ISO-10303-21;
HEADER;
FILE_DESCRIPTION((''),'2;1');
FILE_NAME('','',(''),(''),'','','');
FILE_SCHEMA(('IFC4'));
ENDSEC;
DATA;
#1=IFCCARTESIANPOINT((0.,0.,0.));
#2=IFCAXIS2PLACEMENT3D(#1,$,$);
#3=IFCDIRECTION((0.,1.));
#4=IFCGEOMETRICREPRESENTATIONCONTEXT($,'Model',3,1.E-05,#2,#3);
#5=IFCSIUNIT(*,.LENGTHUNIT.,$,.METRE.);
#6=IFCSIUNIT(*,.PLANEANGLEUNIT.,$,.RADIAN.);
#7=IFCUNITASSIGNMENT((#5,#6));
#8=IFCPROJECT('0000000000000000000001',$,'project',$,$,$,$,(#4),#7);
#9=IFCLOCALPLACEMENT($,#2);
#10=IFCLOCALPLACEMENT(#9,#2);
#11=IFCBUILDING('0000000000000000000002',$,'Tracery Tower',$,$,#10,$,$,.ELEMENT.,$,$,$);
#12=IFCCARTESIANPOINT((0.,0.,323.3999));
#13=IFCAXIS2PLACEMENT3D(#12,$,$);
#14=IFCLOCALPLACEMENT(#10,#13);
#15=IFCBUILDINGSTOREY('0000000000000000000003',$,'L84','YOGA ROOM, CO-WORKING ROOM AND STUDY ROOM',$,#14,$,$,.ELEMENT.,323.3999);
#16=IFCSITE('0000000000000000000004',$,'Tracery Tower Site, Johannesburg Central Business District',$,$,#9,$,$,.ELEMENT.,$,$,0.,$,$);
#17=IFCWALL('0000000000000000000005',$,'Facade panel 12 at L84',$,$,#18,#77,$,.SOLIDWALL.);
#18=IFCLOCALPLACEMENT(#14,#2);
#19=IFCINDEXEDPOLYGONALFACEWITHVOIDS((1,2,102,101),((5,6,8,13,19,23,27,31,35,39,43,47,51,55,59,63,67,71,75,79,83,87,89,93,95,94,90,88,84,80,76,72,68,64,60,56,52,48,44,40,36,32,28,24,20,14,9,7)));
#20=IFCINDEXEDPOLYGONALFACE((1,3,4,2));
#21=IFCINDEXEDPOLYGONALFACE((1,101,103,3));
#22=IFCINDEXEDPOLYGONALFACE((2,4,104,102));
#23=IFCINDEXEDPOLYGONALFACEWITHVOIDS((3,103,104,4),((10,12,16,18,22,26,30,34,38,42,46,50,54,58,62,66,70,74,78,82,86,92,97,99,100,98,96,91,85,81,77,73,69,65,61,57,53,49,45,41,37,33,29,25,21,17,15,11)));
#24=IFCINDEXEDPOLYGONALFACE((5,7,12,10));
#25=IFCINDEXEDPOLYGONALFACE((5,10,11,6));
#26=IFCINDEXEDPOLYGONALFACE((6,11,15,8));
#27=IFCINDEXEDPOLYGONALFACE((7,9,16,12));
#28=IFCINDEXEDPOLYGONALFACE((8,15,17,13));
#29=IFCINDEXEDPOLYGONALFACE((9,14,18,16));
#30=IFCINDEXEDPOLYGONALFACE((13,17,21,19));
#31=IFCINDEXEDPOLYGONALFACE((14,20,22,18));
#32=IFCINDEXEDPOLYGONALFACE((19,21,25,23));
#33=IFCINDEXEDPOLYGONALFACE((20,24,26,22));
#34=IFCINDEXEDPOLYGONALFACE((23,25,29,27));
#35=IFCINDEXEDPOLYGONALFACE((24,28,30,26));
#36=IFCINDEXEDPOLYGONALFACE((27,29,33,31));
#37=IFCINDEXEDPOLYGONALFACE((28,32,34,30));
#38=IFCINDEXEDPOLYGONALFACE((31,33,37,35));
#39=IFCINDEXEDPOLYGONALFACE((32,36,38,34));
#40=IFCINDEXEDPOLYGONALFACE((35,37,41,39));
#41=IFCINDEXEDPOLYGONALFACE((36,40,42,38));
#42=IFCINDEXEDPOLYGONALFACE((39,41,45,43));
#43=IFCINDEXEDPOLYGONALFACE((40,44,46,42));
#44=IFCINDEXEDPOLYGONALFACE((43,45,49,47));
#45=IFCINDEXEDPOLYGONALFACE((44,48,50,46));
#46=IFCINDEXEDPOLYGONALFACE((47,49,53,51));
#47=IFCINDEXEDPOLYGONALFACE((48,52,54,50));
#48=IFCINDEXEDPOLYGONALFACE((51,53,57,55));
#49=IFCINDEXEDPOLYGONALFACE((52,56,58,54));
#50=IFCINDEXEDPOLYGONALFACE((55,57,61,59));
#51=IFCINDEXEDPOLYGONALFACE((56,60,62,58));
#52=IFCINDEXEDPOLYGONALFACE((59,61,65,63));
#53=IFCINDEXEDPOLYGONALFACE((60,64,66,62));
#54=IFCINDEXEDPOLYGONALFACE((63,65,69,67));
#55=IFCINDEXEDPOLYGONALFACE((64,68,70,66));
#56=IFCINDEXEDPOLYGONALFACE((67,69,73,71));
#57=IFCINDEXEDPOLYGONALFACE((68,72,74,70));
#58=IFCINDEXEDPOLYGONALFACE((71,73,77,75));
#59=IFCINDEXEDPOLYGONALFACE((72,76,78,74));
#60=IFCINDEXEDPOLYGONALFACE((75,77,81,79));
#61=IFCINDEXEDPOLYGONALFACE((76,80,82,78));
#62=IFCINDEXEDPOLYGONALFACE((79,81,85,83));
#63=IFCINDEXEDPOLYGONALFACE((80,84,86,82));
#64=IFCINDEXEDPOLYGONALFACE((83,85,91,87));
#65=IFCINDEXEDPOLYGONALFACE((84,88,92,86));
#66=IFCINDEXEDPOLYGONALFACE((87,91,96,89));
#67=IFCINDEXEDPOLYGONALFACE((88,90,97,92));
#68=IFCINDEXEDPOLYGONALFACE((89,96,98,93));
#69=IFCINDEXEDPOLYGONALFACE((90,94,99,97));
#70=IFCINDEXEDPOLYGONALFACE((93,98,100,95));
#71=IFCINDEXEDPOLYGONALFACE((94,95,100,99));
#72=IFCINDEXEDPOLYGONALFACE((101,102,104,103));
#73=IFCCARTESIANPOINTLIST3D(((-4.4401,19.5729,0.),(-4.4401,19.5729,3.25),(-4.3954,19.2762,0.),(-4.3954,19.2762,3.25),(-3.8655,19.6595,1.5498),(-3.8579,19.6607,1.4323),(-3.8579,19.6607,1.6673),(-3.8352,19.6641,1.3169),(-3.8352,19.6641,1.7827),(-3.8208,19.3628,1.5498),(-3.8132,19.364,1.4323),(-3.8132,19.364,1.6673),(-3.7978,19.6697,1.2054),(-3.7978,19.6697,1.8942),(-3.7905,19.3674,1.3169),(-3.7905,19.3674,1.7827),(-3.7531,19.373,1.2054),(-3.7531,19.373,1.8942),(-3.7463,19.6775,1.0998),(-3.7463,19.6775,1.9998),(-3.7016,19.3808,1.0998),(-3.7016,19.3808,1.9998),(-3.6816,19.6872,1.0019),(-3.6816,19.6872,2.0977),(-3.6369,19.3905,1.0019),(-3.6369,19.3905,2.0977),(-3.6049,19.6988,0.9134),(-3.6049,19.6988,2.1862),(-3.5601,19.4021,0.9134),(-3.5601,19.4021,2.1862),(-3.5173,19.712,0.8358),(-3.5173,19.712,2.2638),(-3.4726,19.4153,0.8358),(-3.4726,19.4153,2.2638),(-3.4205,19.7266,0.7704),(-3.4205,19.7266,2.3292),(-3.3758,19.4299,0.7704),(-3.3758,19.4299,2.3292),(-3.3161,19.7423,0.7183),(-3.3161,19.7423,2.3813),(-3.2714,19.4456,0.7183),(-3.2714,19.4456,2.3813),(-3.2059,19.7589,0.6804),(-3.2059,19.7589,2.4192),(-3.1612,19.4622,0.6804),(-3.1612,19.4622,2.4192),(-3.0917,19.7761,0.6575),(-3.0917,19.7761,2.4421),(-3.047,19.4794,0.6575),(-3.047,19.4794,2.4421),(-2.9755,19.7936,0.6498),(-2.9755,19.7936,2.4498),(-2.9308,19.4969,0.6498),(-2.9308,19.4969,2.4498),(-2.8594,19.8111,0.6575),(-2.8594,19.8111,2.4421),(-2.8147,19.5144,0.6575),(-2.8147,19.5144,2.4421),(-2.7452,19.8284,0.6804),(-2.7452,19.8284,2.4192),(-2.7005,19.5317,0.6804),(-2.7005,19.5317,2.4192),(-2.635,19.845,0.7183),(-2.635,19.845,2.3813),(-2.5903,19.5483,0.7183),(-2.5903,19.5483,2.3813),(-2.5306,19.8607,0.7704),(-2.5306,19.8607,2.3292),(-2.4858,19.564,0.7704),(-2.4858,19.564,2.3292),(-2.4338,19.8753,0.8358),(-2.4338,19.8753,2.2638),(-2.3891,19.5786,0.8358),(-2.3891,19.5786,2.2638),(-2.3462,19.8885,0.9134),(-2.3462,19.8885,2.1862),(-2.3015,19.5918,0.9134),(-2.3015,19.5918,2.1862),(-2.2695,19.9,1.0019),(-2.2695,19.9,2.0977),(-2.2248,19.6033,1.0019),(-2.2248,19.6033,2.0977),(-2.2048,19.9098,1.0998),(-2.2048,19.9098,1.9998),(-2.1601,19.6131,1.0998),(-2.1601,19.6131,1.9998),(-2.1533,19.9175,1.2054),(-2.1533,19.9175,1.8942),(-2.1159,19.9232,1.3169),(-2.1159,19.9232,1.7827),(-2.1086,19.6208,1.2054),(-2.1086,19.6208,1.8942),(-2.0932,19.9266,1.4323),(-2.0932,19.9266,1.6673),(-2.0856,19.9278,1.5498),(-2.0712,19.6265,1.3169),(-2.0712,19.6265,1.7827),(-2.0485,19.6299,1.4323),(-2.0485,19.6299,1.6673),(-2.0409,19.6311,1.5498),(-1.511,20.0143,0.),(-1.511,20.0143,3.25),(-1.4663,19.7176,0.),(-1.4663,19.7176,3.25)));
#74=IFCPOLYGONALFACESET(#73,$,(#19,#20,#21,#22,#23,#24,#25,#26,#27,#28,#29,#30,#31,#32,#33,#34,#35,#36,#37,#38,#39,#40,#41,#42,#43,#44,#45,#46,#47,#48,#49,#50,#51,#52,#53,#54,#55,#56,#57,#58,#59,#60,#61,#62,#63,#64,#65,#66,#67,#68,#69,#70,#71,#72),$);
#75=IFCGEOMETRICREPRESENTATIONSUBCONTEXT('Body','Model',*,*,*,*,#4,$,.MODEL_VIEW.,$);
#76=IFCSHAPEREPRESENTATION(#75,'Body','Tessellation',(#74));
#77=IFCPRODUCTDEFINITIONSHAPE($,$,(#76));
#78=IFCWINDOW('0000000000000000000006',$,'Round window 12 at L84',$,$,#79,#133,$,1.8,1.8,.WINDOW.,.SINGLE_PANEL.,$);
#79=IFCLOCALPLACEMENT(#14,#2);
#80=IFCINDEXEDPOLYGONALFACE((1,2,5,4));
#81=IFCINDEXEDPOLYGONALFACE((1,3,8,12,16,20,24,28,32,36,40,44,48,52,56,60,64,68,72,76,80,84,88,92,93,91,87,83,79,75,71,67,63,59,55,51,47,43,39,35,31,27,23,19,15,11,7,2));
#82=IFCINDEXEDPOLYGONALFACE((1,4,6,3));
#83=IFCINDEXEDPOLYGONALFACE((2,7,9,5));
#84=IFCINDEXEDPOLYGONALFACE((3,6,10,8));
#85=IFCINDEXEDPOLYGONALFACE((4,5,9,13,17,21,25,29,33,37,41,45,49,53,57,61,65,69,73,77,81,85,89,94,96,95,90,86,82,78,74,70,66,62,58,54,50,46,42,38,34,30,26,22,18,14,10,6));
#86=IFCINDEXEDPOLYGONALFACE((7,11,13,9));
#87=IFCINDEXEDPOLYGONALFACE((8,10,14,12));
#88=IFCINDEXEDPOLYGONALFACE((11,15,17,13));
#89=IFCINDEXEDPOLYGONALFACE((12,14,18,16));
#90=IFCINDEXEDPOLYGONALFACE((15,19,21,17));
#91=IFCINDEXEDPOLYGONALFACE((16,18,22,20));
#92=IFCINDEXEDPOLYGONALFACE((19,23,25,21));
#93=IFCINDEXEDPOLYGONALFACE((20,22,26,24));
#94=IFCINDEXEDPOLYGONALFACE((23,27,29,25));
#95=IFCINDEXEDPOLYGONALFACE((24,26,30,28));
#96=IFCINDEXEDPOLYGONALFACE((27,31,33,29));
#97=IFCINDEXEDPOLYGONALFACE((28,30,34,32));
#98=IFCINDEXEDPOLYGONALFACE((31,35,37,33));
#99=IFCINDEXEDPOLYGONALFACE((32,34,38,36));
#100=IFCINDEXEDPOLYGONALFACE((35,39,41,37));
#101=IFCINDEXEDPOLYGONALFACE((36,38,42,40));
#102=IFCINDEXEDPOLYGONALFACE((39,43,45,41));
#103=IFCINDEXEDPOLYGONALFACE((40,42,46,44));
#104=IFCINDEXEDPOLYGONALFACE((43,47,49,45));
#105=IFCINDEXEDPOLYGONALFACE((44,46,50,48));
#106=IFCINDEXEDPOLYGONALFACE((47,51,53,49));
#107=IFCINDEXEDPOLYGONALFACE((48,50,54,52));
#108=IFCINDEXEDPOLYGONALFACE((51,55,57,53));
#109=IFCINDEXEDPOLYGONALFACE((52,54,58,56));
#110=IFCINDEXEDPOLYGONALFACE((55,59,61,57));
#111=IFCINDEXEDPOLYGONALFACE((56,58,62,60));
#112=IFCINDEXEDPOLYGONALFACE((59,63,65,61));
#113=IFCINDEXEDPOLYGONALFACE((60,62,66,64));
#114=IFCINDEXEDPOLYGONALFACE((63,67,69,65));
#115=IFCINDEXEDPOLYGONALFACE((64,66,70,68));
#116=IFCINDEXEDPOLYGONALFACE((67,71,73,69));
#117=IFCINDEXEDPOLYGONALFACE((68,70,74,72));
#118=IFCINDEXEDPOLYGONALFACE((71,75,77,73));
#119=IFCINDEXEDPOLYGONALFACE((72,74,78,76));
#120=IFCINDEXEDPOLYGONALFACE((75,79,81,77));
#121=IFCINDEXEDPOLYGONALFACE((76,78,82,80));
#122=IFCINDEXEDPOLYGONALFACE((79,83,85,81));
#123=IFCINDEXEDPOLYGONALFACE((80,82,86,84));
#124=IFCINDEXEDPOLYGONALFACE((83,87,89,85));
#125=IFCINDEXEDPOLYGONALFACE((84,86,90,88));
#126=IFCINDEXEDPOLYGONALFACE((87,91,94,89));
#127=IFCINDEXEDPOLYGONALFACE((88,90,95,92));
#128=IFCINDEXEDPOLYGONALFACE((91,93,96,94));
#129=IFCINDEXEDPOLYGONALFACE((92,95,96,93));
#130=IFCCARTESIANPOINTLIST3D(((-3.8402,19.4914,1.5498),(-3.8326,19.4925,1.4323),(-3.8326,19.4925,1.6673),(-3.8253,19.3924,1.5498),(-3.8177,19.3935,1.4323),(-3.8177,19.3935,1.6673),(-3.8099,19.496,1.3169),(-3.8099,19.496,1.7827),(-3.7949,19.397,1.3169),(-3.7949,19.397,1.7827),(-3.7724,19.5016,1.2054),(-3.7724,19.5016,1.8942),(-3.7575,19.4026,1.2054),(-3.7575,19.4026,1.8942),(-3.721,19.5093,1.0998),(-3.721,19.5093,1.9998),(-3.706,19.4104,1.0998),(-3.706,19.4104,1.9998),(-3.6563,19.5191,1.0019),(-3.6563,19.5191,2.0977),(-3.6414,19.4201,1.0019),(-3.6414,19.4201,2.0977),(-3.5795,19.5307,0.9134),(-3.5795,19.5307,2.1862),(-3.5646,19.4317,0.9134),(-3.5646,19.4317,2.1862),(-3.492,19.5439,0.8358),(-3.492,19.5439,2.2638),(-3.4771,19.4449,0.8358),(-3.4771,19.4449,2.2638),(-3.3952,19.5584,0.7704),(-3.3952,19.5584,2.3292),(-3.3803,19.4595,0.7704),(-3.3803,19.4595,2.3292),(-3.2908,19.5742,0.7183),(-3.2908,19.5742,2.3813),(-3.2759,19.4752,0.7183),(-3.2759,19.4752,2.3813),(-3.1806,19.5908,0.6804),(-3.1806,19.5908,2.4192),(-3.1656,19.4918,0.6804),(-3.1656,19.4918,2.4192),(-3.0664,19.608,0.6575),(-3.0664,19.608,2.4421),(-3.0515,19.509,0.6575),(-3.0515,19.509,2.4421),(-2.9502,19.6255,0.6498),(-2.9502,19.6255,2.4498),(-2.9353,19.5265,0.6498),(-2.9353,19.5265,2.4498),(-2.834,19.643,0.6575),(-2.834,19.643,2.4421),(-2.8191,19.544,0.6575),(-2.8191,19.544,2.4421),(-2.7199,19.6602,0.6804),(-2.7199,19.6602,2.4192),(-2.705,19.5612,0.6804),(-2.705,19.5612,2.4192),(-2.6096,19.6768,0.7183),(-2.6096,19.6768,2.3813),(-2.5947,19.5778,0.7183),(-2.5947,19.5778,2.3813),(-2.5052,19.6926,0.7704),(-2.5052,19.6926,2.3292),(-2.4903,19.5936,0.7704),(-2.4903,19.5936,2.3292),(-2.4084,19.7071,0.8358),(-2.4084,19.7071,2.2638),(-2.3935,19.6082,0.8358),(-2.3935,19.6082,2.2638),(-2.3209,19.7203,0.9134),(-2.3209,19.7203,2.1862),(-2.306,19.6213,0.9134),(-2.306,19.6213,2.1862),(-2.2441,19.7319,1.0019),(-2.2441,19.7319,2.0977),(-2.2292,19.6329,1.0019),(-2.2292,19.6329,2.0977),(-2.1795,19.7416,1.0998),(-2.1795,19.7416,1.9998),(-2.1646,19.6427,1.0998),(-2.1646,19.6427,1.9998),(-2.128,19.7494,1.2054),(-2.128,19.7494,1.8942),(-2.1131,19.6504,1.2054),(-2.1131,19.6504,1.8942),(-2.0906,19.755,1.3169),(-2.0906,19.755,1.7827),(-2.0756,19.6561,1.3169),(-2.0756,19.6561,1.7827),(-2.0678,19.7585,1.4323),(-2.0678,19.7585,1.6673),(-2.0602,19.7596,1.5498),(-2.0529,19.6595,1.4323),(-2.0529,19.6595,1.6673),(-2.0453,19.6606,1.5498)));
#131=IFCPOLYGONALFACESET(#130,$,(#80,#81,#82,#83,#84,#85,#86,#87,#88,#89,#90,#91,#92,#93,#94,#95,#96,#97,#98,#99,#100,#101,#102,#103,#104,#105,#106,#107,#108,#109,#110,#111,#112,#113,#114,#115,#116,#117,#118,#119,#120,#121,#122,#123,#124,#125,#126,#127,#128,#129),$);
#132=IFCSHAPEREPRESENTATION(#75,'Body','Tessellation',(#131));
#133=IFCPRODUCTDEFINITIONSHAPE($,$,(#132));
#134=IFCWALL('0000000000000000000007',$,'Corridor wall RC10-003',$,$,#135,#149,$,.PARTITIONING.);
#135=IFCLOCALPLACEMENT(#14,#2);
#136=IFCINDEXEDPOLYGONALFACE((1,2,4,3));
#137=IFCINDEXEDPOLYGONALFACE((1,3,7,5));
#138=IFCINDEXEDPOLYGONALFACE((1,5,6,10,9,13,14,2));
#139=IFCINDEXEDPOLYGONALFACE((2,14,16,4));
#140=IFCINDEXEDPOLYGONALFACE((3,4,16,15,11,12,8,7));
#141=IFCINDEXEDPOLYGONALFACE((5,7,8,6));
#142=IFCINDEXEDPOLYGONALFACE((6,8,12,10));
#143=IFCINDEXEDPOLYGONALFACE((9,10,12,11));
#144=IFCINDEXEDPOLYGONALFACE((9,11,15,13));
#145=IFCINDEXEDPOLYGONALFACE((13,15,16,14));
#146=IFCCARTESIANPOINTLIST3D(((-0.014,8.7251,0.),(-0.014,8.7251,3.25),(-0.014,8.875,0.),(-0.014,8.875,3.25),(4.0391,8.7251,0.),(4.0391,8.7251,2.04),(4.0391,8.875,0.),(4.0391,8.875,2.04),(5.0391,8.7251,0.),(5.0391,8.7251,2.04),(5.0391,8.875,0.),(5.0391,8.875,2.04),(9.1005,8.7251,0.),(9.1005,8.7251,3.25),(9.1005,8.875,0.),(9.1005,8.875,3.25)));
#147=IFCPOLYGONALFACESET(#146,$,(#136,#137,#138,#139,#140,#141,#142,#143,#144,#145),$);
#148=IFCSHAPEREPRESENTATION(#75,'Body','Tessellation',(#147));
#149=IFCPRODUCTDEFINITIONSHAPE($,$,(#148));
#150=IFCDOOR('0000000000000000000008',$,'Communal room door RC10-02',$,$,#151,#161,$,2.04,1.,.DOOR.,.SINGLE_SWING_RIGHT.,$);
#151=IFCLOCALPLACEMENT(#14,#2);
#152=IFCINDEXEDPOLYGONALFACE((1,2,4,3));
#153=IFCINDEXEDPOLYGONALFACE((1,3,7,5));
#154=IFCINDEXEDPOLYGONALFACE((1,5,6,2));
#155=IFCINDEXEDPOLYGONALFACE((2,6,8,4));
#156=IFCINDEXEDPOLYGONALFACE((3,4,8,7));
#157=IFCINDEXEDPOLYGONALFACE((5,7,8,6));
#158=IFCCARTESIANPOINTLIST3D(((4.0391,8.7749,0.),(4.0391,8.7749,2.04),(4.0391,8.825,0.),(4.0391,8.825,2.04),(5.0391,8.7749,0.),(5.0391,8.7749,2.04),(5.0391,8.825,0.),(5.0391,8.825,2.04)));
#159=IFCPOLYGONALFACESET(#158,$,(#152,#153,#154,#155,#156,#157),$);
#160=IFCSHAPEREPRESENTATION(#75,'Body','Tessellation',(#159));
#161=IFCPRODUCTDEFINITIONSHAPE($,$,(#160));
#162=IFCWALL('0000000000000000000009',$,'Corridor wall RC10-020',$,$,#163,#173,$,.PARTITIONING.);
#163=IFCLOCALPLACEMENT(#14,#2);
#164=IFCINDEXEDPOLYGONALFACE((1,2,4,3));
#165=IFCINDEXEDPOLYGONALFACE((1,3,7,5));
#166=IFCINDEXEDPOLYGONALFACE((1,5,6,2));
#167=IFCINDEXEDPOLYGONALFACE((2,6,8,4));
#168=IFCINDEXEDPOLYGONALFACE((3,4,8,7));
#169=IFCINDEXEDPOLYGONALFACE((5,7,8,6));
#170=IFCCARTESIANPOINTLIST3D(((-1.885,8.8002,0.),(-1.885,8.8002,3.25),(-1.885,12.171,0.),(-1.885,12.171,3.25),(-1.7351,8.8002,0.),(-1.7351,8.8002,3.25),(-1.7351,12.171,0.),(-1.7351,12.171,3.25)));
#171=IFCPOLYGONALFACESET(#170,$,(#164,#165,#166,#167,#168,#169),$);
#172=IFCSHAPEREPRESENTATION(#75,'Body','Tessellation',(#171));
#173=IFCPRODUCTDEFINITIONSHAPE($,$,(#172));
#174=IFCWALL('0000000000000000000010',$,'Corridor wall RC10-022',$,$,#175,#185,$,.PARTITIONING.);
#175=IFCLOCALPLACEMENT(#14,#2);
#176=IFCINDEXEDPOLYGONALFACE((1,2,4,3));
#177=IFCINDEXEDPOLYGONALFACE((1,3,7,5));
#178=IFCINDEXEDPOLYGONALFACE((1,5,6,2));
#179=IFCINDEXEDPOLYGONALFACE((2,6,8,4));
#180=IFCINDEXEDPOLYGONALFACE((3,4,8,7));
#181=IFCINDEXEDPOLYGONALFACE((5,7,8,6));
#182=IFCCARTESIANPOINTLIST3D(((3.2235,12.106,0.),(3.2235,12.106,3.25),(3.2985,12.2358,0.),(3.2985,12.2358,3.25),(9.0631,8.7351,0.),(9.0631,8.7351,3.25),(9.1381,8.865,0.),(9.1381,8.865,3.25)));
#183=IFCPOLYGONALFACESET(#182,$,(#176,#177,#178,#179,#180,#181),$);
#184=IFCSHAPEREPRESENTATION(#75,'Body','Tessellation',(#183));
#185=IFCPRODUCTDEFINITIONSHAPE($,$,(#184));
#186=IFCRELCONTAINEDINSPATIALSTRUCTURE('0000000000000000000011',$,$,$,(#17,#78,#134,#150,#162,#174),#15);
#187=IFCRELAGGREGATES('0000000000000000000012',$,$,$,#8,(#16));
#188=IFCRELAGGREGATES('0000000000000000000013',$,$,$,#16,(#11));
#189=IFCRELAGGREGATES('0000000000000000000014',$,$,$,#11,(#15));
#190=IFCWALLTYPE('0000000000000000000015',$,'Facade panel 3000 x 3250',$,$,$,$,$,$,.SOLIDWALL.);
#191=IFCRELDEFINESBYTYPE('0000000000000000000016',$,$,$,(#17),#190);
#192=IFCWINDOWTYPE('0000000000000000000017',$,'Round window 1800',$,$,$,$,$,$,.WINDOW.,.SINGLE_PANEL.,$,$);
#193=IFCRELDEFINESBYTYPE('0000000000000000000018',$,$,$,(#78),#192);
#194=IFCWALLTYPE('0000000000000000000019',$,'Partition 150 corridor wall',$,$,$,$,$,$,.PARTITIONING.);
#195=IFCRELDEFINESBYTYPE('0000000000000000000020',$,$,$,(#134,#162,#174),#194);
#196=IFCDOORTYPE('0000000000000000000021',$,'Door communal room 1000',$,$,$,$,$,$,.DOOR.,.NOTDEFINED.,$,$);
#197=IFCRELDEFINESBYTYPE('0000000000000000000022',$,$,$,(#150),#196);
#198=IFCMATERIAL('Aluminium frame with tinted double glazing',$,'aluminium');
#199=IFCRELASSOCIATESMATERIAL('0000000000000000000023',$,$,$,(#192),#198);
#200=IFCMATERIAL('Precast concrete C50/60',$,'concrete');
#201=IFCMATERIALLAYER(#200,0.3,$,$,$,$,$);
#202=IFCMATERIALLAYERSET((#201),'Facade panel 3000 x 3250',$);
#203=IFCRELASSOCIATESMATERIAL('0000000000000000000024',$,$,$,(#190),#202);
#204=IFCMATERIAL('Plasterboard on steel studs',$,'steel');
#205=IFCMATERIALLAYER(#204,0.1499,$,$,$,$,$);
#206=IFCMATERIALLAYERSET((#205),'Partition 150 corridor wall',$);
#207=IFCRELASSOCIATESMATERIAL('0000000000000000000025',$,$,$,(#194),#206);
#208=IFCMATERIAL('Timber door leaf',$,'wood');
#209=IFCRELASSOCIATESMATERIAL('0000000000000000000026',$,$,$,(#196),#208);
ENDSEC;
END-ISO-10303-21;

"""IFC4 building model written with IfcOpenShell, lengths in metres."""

from ifc_helpers import new_model, si_unit, direction, frame, frame_2d, origin, origin_2d, place, context, subcontext, project, spatial, rectangle, circle, extrude, material, layer, layer_set, type_object, element, fill, save


model = new_model("IFC4")

# Units and contexts
model_context = context("Model", 3, precision=1e-05, world=origin(), true_north=direction((0.0, 1.0)))
body_context = subcontext(model_context, "Body", "Model", "MODEL_VIEW")
ifc_project = project(units=[si_unit("LENGTHUNIT", "METRE"), si_unit("PLANEANGLEUNIT", "RADIAN")], contexts=[model_context])

# Site, building, storey
site_placement = place(None, origin())
site = spatial("IfcSite", under=ifc_project, at=site_placement, Name="Tracery Tower Site, Johannesburg Central Business District", CompositionType="ELEMENT", RefElevation=0.0)
building_placement = place(site_placement, origin())
building = spatial("IfcBuilding", under=site, at=building_placement, Name="Tracery Tower", CompositionType="ELEMENT")
storey_placement = place(building_placement, frame((0.0, 0.0, 323.3999)))
storey = spatial("IfcBuildingStorey", under=building, at=storey_placement, Name="L84", Description="YOGA ROOM, CO-WORKING ROOM AND STUDY ROOM", CompositionType="ELEMENT", Elevation=323.3999)

# Wall, opening, window
ifc_material_1 = material(Name="Aluminium frame with tinted double glazing", Category="aluminium")
window_type = type_object("IfcWindowType", Name="Round window 1800", PartitioningType="SINGLE_PANEL", PredefinedType="WINDOW", material=ifc_material_1)
ifc_material_2 = material(Name="Precast concrete C50/60", Category="concrete")
ifc_layer_1 = layer(ifc_material_2, 0.3)
ifc_layer_set_1 = layer_set([ifc_layer_1], Name="Facade panel 3000 x 3250")
wall_type_1 = type_object("IfcWallType", Name="Facade panel 3000 x 3250", PredefinedType="SOLIDWALL", material=ifc_layer_set_1)
wall_1_placement = place(storey_placement, frame((-1.4888, 19.866, 0.0), z_axis=(0.0, 0.0, 1.0), x_axis=(-0.988836, -0.149009, 0.0)))
wall_1 = element("IfcWall", 1, at=wall_1_placement, inside=storey, type_object=wall_type_1, Name="Facade panel 12 at L84", PredefinedType="SOLIDWALL", context=body_context, shape_type="SweptSolid", body=[
    extrude(rectangle(XDim=2.9622, YDim=0.3, at=frame_2d((1.481, 0.0))), origin(), (0.0, 0.0, 1.0), 3.25),
])
opening_1_placement = place(wall_1_placement, frame((1.481, 0.0, 1.5498)))
opening_1 = element("IfcOpeningElement", 2, at=opening_1_placement, cuts=wall_1, PredefinedType="OPENING", context=body_context, shape_type="SweptSolid", body=[
    extrude(circle(Radius=0.9, at=origin_2d()), frame((0.0, 0.1599, 0.0), z_axis=(0.0, -1.0, 0.0), x_axis=(1.0, 0.0, 0.0)), (0.0, 0.0, 1.0), 0.3201),
])
window_1_placement = place(opening_1_placement, origin())
window_1 = element("IfcWindow", 3, at=window_1_placement, inside=storey, type_object=window_type, Name="Round window 12 at L84", OverallHeight=1.8, OverallWidth=1.8, PartitioningType="SINGLE_PANEL", PredefinedType="WINDOW", context=body_context, shape_type="SweptSolid", body=[
    extrude(circle(Radius=0.9, at=origin_2d()), frame((0.0, 0.1201, 0.0), z_axis=(0.0, -1.0, 0.0), x_axis=(1.0, 0.0, 0.0)), (0.0, 0.0, 1.0), 0.1001),
])
fill(opening_1, window_1)

# Wall, opening, door
ifc_material_3 = material(Name="Plasterboard on steel studs", Category="steel")
ifc_layer_2 = layer(ifc_material_3, 0.1499)
ifc_layer_set_2 = layer_set([ifc_layer_2], Name="Partition 150 corridor wall")
wall_type_2 = type_object("IfcWallType", Name="Partition 150 corridor wall", PredefinedType="PARTITIONING", material=ifc_layer_set_2)
wall_2_placement = place(storey_placement, frame((-0.0139, 8.8, 0.0), z_axis=(0.0, 0.0, 1.0), x_axis=(1.0, 0.0, 0.0)))
wall_2 = element("IfcWall", 4, at=wall_2_placement, inside=storey, type_object=wall_type_2, Name="Corridor wall RC10-003", PredefinedType="PARTITIONING", context=body_context, shape_type="SweptSolid", body=[
    extrude(rectangle(XDim=9.1145, YDim=0.1499, at=frame_2d((4.5571, 0.0))), origin(), (0.0, 0.0, 1.0), 3.25),
])
opening_2_placement = place(wall_2_placement, frame((4.053, 0.0, 0.0)))
opening_2 = element("IfcOpeningElement", 5, at=opening_2_placement, cuts=wall_2, PredefinedType="OPENING", context=body_context, shape_type="SweptSolid", body=[
    extrude(rectangle(XDim=1.0, YDim=2.04, at=frame_2d((0.5, 1.02))), frame((0.0, 0.075, 0.0), z_axis=(0.0, -1.0, 0.0), x_axis=(1.0, 0.0, 0.0)), (0.0, 0.0, 1.0), 0.1499),
])
ifc_material_4 = material(Name="Timber door leaf", Category="wood")
door_type_1 = type_object("IfcDoorType", Name="Door communal room 1000", OperationType="NOTDEFINED", PredefinedType="DOOR", material=ifc_material_4)
door_1_placement = place(opening_2_placement, origin())
door_1 = element("IfcDoor", 6, at=door_1_placement, inside=storey, type_object=door_type_1, Name="Communal room door RC10-02", OperationType="SINGLE_SWING_RIGHT", OverallHeight=2.04, OverallWidth=1.0, PredefinedType="DOOR", context=body_context, shape_type="SweptSolid", body=[
    extrude(rectangle(XDim=1.0, YDim=2.04, at=frame_2d((0.5, 1.02))), frame((0.0, 0.0249, 0.0), z_axis=(0.0, -1.0, 0.0), x_axis=(1.0, 0.0, 0.0)), (0.0, 0.0, 1.0), 0.05),
])
fill(opening_2, door_1)

# Walls
wall_3_placement = place(storey_placement, frame((-1.8101, 8.8, 0.0), z_axis=(0.0, 0.0, 1.0), x_axis=(0.0, 1.0, 0.0)))
element("IfcWall", 7, at=wall_3_placement, inside=storey, type_object=wall_type_2, Name="Corridor wall RC10-020", PredefinedType="PARTITIONING", context=body_context, shape_type="SweptSolid", body=[
    extrude(rectangle(XDim=3.3708, YDim=0.1499, at=frame_2d((1.6855, 0.0))), origin(), (0.0, 0.0, 1.0), 3.25),
])
wall_4_placement = place(storey_placement, frame((3.261, 12.1709, 0.0), z_axis=(0.0, 0.0, 1.0), x_axis=(0.866067, -0.499928, 0.0)))
element("IfcWall", 8, at=wall_4_placement, inside=storey, type_object=wall_type_2, Name="Corridor wall RC10-022", PredefinedType="PARTITIONING", context=body_context, shape_type="SweptSolid", body=[
    extrude(rectangle(XDim=6.7427, YDim=0.1499, at=frame_2d((3.3713, 0.0))), origin(), (0.0, 0.0, 1.0), 3.25),
])

save(model, "model.ifc")
